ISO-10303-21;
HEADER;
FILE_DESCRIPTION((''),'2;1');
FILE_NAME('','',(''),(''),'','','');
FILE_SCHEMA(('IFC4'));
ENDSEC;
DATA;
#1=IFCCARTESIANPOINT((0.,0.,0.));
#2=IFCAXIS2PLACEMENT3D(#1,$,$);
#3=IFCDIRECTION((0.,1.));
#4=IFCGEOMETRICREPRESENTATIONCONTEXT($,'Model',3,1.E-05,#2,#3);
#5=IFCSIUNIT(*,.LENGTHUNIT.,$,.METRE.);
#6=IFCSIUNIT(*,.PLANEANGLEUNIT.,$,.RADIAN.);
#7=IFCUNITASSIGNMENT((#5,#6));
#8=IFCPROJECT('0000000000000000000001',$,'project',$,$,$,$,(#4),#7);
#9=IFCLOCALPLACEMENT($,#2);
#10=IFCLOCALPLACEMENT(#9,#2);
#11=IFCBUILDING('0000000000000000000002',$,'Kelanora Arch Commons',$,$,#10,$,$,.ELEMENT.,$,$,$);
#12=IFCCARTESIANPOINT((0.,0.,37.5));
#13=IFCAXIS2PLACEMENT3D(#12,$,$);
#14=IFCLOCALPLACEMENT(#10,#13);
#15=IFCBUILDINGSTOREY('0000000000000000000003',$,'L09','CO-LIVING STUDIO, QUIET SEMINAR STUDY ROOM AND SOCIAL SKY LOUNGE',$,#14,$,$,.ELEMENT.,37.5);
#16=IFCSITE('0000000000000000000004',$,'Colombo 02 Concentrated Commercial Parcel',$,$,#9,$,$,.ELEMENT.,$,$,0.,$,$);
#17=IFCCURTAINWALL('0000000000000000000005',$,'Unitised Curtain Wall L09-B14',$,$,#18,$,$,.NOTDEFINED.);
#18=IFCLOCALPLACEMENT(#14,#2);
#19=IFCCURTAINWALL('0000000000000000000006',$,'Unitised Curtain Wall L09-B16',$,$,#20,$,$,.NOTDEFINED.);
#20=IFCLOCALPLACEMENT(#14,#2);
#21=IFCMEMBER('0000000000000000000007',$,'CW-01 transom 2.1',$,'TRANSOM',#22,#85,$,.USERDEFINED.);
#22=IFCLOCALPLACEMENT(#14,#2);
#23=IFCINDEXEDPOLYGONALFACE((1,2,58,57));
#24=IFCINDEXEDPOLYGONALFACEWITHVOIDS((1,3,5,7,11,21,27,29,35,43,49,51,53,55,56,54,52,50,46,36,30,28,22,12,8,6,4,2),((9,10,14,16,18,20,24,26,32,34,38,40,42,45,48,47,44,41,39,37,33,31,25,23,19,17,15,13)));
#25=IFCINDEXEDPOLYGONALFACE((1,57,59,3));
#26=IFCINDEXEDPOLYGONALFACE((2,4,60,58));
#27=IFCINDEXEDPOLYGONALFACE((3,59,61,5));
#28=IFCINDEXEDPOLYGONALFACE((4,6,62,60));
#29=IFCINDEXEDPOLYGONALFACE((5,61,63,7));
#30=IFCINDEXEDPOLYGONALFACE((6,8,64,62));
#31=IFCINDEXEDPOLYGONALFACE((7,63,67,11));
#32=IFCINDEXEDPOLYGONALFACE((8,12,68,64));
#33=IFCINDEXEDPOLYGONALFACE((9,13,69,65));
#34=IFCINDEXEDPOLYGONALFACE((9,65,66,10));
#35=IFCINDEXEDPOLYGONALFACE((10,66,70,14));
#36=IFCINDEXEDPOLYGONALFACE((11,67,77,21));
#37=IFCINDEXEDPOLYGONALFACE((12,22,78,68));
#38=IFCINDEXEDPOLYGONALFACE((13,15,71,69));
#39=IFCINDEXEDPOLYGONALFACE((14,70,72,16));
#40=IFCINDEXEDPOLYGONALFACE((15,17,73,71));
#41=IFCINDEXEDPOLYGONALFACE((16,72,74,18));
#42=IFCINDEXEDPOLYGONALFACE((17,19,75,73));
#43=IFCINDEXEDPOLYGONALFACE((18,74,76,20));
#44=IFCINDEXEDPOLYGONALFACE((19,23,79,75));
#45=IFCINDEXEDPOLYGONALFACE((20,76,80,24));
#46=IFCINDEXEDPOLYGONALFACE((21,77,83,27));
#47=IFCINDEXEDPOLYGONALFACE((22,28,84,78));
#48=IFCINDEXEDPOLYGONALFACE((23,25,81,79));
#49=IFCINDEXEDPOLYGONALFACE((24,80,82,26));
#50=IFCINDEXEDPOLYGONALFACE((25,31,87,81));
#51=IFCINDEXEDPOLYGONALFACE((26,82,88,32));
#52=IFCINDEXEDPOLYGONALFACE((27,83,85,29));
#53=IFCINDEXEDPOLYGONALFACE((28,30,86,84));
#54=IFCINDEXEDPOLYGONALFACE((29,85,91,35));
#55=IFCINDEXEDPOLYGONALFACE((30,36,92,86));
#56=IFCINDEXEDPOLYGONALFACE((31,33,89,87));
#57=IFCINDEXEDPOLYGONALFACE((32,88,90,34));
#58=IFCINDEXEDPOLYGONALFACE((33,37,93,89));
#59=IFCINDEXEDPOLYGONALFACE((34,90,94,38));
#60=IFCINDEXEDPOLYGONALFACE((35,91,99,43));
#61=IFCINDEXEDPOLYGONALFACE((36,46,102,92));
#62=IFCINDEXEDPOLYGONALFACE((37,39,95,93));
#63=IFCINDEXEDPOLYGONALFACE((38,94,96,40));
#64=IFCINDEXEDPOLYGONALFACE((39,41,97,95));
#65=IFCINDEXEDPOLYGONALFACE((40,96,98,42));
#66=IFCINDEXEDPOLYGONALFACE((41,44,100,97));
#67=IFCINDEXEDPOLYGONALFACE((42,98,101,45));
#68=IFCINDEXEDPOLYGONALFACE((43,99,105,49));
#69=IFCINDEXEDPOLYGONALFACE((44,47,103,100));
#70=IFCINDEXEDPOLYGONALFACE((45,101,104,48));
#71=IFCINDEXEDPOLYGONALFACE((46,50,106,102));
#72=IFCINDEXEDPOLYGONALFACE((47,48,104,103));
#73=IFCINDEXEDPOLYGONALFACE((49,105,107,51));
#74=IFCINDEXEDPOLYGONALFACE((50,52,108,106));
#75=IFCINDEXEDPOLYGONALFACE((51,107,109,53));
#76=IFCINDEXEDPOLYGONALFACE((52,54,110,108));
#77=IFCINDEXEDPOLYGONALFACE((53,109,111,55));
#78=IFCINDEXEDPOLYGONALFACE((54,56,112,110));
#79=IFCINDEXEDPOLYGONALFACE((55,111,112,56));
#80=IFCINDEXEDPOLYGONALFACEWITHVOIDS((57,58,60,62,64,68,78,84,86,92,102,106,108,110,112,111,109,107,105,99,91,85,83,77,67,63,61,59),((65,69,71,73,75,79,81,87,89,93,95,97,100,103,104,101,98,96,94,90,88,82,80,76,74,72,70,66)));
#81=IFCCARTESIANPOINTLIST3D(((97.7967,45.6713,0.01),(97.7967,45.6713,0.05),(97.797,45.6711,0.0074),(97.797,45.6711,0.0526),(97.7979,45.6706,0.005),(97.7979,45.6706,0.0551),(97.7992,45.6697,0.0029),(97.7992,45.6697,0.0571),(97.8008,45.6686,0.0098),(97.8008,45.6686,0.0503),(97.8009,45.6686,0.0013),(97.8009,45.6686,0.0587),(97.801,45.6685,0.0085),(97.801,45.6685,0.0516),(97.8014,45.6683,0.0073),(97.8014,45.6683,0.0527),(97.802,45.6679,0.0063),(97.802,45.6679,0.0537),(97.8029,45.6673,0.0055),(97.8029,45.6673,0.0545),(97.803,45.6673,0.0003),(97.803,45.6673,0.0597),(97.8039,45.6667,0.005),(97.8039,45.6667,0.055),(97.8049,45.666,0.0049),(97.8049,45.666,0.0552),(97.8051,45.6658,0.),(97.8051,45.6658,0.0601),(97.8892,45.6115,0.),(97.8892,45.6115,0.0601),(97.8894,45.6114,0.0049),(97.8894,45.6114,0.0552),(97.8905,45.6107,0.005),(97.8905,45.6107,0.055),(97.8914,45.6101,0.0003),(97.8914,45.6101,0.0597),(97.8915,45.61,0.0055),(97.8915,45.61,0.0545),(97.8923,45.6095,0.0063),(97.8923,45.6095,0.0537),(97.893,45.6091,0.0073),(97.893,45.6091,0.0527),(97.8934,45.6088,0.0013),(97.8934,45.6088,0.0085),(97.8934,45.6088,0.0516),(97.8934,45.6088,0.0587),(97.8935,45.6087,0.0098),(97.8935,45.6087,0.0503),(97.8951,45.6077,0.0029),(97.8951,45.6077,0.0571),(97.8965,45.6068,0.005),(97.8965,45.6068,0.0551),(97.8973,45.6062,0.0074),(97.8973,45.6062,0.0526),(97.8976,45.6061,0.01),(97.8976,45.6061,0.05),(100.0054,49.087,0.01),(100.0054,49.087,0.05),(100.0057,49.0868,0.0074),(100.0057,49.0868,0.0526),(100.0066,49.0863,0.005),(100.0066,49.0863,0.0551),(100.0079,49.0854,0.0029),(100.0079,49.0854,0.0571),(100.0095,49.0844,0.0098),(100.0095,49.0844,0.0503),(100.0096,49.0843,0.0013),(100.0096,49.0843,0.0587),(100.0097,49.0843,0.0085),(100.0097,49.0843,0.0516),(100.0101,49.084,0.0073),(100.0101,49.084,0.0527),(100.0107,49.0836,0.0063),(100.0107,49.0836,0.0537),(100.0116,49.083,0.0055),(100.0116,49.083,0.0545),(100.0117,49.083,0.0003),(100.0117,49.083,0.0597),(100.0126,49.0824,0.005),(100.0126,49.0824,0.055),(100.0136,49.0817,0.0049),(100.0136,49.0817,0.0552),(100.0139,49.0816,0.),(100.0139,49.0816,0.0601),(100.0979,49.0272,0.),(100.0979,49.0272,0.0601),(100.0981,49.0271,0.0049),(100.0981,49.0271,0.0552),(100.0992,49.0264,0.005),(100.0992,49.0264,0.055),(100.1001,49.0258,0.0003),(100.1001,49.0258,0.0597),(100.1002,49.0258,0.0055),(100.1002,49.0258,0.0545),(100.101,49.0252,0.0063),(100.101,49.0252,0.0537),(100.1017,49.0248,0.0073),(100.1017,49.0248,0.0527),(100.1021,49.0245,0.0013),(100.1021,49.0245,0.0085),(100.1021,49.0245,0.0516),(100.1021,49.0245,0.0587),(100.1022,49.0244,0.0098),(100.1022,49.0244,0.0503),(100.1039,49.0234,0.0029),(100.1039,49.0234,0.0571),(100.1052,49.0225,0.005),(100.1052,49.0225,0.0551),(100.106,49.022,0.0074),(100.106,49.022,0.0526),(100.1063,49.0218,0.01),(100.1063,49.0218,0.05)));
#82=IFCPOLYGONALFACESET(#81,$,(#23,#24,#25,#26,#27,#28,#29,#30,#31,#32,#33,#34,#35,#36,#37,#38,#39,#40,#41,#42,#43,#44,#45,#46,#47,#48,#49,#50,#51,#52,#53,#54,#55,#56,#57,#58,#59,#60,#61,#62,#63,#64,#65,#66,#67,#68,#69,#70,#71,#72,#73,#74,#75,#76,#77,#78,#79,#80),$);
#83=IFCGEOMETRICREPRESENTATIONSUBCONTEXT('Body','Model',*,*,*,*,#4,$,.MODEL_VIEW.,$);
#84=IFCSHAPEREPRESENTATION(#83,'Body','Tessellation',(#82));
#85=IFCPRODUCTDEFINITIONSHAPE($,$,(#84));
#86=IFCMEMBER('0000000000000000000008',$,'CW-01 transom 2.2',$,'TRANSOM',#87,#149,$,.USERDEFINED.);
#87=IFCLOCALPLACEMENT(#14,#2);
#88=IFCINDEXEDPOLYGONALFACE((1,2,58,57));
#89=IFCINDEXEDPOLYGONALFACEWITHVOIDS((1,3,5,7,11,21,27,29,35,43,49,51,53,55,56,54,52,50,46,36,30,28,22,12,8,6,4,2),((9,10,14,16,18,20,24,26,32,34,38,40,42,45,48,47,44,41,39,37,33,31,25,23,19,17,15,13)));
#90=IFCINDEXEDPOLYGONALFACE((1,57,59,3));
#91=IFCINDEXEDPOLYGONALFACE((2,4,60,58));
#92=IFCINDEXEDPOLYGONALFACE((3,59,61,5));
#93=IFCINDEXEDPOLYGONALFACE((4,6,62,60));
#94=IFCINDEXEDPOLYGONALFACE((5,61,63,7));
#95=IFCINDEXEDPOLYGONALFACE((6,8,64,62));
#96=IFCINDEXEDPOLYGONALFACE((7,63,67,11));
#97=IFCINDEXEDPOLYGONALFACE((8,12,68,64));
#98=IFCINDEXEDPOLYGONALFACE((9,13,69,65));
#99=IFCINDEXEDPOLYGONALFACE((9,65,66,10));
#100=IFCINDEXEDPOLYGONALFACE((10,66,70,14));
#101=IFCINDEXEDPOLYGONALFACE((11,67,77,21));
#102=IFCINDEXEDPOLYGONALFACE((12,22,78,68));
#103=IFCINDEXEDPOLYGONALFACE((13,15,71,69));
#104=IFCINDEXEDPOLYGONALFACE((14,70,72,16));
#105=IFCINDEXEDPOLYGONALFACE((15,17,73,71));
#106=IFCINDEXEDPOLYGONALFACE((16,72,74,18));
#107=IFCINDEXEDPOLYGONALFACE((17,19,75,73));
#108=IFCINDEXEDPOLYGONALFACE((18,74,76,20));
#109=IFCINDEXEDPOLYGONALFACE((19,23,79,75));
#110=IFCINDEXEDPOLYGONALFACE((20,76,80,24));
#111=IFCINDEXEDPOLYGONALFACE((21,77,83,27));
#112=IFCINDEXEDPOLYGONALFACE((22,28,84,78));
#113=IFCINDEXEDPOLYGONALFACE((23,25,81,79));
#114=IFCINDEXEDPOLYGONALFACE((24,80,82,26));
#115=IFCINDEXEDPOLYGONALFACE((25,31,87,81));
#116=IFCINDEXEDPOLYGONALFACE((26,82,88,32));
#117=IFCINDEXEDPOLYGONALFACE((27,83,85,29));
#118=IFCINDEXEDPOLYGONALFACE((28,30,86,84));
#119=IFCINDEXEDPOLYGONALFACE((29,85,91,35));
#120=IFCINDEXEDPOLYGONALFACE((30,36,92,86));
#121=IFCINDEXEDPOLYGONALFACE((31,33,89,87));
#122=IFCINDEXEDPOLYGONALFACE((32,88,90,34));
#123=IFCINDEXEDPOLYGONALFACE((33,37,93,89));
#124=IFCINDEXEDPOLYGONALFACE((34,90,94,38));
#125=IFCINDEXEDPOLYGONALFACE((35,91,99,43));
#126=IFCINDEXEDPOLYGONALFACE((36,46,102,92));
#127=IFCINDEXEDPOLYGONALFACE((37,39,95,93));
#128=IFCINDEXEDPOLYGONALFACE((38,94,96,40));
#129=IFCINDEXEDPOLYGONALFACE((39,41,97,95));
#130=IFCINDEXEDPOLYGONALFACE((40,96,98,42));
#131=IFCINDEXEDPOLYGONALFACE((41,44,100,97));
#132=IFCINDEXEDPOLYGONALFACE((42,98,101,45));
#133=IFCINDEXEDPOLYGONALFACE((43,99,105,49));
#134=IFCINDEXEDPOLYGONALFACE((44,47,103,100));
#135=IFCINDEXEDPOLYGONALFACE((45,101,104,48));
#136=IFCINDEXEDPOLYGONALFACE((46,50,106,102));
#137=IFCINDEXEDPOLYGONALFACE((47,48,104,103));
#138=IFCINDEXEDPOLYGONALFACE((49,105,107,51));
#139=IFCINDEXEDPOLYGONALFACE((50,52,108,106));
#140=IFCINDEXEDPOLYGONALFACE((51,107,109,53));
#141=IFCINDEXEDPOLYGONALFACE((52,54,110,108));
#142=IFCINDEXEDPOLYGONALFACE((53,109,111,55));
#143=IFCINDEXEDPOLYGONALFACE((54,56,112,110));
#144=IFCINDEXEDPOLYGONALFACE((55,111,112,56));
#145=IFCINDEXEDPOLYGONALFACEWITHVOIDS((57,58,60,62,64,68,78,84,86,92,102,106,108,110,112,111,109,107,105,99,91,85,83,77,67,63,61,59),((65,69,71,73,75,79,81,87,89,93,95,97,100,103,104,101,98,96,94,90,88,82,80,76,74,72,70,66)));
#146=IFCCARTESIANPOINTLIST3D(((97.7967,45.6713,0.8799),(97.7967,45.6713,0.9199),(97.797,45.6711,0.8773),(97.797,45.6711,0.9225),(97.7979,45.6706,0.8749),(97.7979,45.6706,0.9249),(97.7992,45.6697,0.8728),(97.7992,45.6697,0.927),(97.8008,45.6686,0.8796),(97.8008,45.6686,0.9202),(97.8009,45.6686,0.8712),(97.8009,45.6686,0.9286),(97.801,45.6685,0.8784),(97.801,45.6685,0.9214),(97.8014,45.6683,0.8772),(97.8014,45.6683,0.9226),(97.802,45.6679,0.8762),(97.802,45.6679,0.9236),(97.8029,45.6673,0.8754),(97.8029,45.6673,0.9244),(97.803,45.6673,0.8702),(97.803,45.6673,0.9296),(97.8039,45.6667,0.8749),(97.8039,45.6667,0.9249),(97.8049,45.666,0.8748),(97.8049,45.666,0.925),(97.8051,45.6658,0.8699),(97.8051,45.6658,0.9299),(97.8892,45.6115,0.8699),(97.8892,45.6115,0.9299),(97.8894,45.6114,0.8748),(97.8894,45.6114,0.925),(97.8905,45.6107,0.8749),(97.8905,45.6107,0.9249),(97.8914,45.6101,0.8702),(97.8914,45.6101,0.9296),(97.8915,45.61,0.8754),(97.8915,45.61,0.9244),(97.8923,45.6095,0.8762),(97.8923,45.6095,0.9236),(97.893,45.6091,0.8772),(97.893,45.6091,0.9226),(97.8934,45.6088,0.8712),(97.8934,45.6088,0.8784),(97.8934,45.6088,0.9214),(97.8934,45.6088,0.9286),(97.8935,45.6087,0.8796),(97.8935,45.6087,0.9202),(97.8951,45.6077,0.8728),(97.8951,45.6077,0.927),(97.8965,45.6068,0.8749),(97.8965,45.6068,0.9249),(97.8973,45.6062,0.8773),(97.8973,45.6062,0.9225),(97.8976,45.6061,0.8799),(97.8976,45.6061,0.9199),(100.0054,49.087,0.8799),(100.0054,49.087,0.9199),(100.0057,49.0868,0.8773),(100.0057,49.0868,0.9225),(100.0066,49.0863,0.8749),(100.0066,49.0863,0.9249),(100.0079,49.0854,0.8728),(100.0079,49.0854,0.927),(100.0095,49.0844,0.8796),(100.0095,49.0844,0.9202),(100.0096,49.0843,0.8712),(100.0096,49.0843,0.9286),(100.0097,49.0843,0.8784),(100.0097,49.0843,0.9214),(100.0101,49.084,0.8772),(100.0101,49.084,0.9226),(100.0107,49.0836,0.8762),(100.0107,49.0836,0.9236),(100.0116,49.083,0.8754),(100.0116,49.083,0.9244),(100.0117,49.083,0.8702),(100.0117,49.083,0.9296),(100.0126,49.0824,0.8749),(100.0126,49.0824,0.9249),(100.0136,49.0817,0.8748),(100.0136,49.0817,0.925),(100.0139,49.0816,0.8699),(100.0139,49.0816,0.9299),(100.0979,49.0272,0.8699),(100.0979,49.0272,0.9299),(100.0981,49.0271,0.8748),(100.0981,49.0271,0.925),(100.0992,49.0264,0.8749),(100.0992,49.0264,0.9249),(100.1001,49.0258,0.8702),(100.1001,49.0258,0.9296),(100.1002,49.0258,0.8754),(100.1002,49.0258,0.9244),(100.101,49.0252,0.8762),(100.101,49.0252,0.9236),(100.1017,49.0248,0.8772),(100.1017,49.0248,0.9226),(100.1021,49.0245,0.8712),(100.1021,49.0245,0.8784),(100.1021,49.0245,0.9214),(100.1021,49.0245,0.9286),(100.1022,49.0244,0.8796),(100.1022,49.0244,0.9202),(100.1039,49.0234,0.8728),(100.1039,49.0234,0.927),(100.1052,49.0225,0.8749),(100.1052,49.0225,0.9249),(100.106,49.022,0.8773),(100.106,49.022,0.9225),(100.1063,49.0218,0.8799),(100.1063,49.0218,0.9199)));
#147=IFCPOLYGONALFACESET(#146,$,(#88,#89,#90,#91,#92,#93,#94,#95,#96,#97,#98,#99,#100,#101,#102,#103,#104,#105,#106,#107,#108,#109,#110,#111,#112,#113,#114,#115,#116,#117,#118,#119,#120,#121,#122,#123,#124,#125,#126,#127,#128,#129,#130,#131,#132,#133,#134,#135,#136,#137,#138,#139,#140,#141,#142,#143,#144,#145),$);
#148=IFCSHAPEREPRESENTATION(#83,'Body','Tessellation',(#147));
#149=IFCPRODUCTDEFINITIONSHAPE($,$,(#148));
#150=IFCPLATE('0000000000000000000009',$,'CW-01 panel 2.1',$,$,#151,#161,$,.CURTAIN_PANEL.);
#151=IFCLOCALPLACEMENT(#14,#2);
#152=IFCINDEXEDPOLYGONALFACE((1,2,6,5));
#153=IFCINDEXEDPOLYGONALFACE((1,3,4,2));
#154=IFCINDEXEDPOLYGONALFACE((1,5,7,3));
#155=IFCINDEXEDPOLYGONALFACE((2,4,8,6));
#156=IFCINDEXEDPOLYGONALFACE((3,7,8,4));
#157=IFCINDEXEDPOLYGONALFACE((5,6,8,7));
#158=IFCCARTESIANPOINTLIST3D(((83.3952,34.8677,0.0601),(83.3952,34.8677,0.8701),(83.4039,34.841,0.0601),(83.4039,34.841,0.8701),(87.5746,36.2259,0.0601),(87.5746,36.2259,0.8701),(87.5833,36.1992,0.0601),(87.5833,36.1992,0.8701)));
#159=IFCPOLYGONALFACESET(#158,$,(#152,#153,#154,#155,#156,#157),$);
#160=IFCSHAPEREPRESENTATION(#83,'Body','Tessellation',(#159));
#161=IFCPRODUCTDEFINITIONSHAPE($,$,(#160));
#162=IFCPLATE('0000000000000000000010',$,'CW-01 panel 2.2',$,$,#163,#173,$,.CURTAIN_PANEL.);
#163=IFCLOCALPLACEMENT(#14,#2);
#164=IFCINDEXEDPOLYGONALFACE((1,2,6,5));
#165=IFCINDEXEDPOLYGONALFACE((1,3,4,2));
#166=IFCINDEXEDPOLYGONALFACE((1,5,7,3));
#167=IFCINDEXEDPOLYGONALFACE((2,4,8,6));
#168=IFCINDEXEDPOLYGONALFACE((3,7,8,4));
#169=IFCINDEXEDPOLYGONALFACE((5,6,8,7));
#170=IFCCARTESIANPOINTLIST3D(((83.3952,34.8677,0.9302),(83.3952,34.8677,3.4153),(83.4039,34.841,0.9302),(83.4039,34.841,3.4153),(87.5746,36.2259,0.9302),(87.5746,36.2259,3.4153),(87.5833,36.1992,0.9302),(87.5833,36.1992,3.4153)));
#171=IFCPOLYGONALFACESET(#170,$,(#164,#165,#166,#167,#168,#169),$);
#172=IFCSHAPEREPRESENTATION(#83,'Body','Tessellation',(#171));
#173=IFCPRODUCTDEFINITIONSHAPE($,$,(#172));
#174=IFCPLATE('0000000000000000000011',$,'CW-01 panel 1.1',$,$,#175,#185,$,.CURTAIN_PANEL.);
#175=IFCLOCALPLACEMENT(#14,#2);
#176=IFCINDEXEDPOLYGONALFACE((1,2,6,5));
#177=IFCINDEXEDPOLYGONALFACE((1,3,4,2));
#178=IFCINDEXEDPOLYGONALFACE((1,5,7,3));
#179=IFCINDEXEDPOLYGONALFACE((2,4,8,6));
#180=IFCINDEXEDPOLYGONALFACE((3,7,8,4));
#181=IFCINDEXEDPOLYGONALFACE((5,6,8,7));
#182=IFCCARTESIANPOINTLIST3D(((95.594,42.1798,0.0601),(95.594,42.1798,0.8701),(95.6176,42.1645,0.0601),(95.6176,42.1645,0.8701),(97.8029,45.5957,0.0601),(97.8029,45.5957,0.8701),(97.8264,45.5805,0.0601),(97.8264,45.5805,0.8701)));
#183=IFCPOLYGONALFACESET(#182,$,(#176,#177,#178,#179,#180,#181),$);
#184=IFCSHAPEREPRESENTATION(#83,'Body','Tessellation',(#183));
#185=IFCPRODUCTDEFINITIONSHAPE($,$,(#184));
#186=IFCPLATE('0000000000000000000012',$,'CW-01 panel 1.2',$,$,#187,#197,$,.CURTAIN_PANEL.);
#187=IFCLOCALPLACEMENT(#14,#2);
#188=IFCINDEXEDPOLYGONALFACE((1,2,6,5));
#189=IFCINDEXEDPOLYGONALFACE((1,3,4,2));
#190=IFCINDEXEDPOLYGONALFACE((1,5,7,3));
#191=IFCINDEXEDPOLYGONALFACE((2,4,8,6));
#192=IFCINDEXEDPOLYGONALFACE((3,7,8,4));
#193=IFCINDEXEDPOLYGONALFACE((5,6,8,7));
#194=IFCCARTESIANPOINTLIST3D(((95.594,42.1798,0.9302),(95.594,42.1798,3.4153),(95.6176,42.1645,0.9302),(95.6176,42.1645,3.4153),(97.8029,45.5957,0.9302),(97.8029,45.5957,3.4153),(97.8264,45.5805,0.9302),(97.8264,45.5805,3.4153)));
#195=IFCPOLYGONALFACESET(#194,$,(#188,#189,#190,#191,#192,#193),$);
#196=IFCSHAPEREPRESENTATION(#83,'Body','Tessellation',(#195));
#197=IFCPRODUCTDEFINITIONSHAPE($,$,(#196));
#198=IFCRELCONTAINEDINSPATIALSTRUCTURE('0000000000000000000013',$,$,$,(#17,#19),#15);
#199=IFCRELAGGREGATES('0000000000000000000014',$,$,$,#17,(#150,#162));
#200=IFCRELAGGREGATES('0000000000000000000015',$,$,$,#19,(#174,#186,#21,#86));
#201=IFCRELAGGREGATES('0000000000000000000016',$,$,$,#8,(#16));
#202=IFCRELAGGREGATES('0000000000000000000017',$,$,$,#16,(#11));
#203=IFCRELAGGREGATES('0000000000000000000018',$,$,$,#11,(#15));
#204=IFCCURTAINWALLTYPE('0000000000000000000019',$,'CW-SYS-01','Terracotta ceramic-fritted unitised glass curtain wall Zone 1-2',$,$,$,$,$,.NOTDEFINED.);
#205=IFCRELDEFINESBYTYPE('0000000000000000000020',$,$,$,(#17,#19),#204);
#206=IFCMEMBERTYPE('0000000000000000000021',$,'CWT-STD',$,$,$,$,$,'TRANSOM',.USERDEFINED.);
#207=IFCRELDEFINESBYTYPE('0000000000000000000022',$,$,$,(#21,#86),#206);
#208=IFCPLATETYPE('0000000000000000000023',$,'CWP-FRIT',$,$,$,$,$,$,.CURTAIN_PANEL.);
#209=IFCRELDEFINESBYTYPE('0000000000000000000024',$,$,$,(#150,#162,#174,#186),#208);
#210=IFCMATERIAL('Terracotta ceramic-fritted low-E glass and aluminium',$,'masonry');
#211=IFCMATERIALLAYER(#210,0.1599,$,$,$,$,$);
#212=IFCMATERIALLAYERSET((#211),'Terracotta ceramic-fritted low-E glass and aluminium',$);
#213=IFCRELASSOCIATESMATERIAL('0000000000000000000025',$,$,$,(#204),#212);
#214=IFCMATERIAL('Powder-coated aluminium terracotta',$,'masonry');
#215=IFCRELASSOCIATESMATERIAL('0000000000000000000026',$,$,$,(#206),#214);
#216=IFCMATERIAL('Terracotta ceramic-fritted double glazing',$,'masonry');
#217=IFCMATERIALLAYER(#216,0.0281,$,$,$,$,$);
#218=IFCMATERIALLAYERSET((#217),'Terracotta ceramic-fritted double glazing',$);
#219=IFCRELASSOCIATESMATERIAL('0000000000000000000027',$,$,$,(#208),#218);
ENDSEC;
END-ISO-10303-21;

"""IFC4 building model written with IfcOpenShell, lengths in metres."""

from ifc_helpers import new_model, si_unit, direction, frame, origin, origin_2d, place, context, subcontext, project, spatial, rectangle, hollow_rectangle, extrude, source, transform, mapped, material, layer, layer_set, material_profile, profile_set, type_object, element, aggregate, save


model = new_model("IFC4")

# Units and contexts
model_context = context("Model", 3, precision=1e-05, world=origin(), true_north=direction((0.0, 1.0)))
body_context = subcontext(model_context, "Body", "Model", "MODEL_VIEW")
ifc_project = project(units=[si_unit("LENGTHUNIT", "METRE"), si_unit("PLANEANGLEUNIT", "RADIAN")], contexts=[model_context])

# Site, building, storey
site_placement = place(None, origin())
site = spatial("IfcSite", under=ifc_project, at=site_placement, Name="Colombo 02 Concentrated Commercial Parcel", CompositionType="ELEMENT", RefElevation=0.0)
building_placement = place(site_placement, origin())
building = spatial("IfcBuilding", under=site, at=building_placement, Name="Kelanora Arch Commons", CompositionType="ELEMENT")
storey_placement = place(building_placement, frame((0.0, 0.0, 37.5)))
storey = spatial("IfcBuildingStorey", under=building, at=storey_placement, Name="L09", Description="CO-LIVING STUDIO, QUIET SEMINAR STUDY ROOM AND SOCIAL SKY LOUNGE", CompositionType="ELEMENT", Elevation=37.5)

# Curtain wall
ifc_material_1 = material(Name="Terracotta ceramic-fritted low-E glass and aluminium", Category="masonry")
ifc_layer_1 = layer(ifc_material_1, 0.1599)
ifc_layer_set_1 = layer_set([ifc_layer_1], Name="Terracotta ceramic-fritted low-E glass and aluminium")
curtain_wall_type = type_object("IfcCurtainWallType", Name="CW-SYS-01", Description="Terracotta ceramic-fritted unitised glass curtain wall Zone 1-2", PredefinedType="NOTDEFINED", material=ifc_layer_set_1)
curtain_wall_1_placement = place(storey_placement, origin())
curtain_wall_1 = element("IfcCurtainWall", 1, at=curtain_wall_1_placement, inside=storey, type_object=curtain_wall_type, Name="Unitised Curtain Wall L09-B14", PredefinedType="NOTDEFINED")
ifc_material_2 = material(Name="Powder-coated aluminium terracotta", Category="masonry")

# Curtain wall, members
curtain_wall_2_placement = place(storey_placement, origin())
curtain_wall_2 = element("IfcCurtainWall", 2, at=curtain_wall_2_placement, inside=storey, type_object=curtain_wall_type, Name="Unitised Curtain Wall L09-B16", PredefinedType="NOTDEFINED")
ifc_material_profile_1 = material_profile(ifc_material_2, hollow_rectangle(XDim=0.1201, YDim=0.0601, WallThickness=0.0049, InnerFilletRadius=0.0049, OuterFilletRadius=0.01, at=origin_2d()), Name="CWT120x60")
ifc_profile_set_1 = profile_set([ifc_material_profile_1], Name="Powder-coated aluminium terracotta")
member_type_1 = type_object("IfcMemberType", Name="CWT-STD", ElementType="TRANSOM", PredefinedType="USERDEFINED", material=ifc_profile_set_1)
member_1_placement = place(storey_placement, frame((97.8472, 45.6387, 0.03), z_axis=(0.542997, 0.839734, 0.0), x_axis=(-0.839734, 0.542997, 0.0)))
member_1 = element("IfcMember", 3, at=member_1_placement, type_object=member_type_1, Name="CW-01 transom 2.1", ObjectType="TRANSOM", PredefinedType="USERDEFINED", context=body_context, shape_type="SweptSolid", body=[
    extrude(hollow_rectangle(XDim=0.1201, YDim=0.0601, WallThickness=0.0049, InnerFilletRadius=0.0049, OuterFilletRadius=0.01, at=origin_2d()), origin(), (0.0, 0.0, 1.0), 4.0676),
])
member_2_placement = place(storey_placement, frame((97.8472, 45.6387, 0.8999), z_axis=(0.542997, 0.839734, 0.0), x_axis=(-0.839734, 0.542997, 0.0)))
member_2 = element("IfcMember", 4, at=member_2_placement, type_object=member_type_1, Name="CW-01 transom 2.2", ObjectType="TRANSOM", PredefinedType="USERDEFINED", context=body_context, shape_type="SweptSolid", body=[
    extrude(hollow_rectangle(XDim=0.1201, YDim=0.0601, WallThickness=0.0049, InnerFilletRadius=0.0049, OuterFilletRadius=0.01, at=origin_2d()), origin(), (0.0, 0.0, 1.0), 4.0676),
])

# Plates
ifc_material_3 = material(Name="Terracotta ceramic-fritted double glazing", Category="masonry")
ifc_layer_2 = layer(ifc_material_3, 0.0281)
ifc_layer_set_2 = layer_set([ifc_layer_2], Name="Terracotta ceramic-fritted double glazing")
plate_type = type_object("IfcPlateType", Name="CWP-FRIT", PredefinedType="CURTAIN_PANEL", material=ifc_layer_set_2)
shared_shape_1 = source(origin(), body_context, "Body", "SweptSolid", [
    extrude(rectangle(XDim=4.3945, YDim=0.0281, at=origin_2d()), origin(), (0.0, 0.0, 1.0), 0.8101),
])
plate_1_placement = place(storey_placement, frame((85.4893, 35.5334, 0.0601), z_axis=(0.0, 0.0, 1.0), x_axis=(0.951043, 0.309058, 0.0)))
plate_1 = element("IfcPlate", 5, at=plate_1_placement, type_object=plate_type, Name="CW-01 panel 2.1", PredefinedType="CURTAIN_PANEL", context=body_context, shape_type="MappedRepresentation", body=[
    mapped(shared_shape_1, transform((0.0, 0.0, 0.0), scale=1.0)),
])
shared_shape_2 = source(origin(), body_context, "Body", "SweptSolid", [
    extrude(rectangle(XDim=4.3945, YDim=0.0281, at=origin_2d()), origin(), (0.0, 0.0, 1.0), 2.4851),
])
plate_2_placement = place(storey_placement, frame((85.4893, 35.5334, 0.9302), z_axis=(0.0, 0.0, 1.0), x_axis=(0.951043, 0.309058, 0.0)))
plate_2 = element("IfcPlate", 6, at=plate_2_placement, type_object=plate_type, Name="CW-01 panel 2.2", PredefinedType="CURTAIN_PANEL", context=body_context, shape_type="MappedRepresentation", body=[
    mapped(shared_shape_2, transform((0.0, 0.0, 0.0), scale=1.0)),
])
aggregate(curtain_wall_1, [plate_1, plate_2])
shared_shape_3 = source(origin(), body_context, "Body", "SweptSolid", [
    extrude(rectangle(XDim=4.0679, YDim=0.0281, at=origin_2d()), origin(), (0.0, 0.0, 1.0), 0.8101),
])
plate_3_placement = place(storey_placement, frame((96.7102, 43.8801, 0.0601), z_axis=(0.0, 0.0, 1.0), x_axis=(0.543004, 0.83973, 0.0)))
plate_3 = element("IfcPlate", 7, at=plate_3_placement, type_object=plate_type, Name="CW-01 panel 1.1", PredefinedType="CURTAIN_PANEL", context=body_context, shape_type="MappedRepresentation", body=[
    mapped(shared_shape_3, transform((0.0, 0.0, 0.0), scale=1.0)),
])
shared_shape_4 = source(origin(), body_context, "Body", "SweptSolid", [
    extrude(rectangle(XDim=4.0679, YDim=0.0281, at=origin_2d()), origin(), (0.0, 0.0, 1.0), 2.4851),
])
plate_4_placement = place(storey_placement, frame((96.7102, 43.8801, 0.9302), z_axis=(0.0, 0.0, 1.0), x_axis=(0.543004, 0.83973, 0.0)))
plate_4 = element("IfcPlate", 8, at=plate_4_placement, type_object=plate_type, Name="CW-01 panel 1.2", PredefinedType="CURTAIN_PANEL", context=body_context, shape_type="MappedRepresentation", body=[
    mapped(shared_shape_4, transform((0.0, 0.0, 0.0), scale=1.0)),
])
aggregate(curtain_wall_2, [plate_3, plate_4, member_1, member_2])

save(model, "model.ifc")
